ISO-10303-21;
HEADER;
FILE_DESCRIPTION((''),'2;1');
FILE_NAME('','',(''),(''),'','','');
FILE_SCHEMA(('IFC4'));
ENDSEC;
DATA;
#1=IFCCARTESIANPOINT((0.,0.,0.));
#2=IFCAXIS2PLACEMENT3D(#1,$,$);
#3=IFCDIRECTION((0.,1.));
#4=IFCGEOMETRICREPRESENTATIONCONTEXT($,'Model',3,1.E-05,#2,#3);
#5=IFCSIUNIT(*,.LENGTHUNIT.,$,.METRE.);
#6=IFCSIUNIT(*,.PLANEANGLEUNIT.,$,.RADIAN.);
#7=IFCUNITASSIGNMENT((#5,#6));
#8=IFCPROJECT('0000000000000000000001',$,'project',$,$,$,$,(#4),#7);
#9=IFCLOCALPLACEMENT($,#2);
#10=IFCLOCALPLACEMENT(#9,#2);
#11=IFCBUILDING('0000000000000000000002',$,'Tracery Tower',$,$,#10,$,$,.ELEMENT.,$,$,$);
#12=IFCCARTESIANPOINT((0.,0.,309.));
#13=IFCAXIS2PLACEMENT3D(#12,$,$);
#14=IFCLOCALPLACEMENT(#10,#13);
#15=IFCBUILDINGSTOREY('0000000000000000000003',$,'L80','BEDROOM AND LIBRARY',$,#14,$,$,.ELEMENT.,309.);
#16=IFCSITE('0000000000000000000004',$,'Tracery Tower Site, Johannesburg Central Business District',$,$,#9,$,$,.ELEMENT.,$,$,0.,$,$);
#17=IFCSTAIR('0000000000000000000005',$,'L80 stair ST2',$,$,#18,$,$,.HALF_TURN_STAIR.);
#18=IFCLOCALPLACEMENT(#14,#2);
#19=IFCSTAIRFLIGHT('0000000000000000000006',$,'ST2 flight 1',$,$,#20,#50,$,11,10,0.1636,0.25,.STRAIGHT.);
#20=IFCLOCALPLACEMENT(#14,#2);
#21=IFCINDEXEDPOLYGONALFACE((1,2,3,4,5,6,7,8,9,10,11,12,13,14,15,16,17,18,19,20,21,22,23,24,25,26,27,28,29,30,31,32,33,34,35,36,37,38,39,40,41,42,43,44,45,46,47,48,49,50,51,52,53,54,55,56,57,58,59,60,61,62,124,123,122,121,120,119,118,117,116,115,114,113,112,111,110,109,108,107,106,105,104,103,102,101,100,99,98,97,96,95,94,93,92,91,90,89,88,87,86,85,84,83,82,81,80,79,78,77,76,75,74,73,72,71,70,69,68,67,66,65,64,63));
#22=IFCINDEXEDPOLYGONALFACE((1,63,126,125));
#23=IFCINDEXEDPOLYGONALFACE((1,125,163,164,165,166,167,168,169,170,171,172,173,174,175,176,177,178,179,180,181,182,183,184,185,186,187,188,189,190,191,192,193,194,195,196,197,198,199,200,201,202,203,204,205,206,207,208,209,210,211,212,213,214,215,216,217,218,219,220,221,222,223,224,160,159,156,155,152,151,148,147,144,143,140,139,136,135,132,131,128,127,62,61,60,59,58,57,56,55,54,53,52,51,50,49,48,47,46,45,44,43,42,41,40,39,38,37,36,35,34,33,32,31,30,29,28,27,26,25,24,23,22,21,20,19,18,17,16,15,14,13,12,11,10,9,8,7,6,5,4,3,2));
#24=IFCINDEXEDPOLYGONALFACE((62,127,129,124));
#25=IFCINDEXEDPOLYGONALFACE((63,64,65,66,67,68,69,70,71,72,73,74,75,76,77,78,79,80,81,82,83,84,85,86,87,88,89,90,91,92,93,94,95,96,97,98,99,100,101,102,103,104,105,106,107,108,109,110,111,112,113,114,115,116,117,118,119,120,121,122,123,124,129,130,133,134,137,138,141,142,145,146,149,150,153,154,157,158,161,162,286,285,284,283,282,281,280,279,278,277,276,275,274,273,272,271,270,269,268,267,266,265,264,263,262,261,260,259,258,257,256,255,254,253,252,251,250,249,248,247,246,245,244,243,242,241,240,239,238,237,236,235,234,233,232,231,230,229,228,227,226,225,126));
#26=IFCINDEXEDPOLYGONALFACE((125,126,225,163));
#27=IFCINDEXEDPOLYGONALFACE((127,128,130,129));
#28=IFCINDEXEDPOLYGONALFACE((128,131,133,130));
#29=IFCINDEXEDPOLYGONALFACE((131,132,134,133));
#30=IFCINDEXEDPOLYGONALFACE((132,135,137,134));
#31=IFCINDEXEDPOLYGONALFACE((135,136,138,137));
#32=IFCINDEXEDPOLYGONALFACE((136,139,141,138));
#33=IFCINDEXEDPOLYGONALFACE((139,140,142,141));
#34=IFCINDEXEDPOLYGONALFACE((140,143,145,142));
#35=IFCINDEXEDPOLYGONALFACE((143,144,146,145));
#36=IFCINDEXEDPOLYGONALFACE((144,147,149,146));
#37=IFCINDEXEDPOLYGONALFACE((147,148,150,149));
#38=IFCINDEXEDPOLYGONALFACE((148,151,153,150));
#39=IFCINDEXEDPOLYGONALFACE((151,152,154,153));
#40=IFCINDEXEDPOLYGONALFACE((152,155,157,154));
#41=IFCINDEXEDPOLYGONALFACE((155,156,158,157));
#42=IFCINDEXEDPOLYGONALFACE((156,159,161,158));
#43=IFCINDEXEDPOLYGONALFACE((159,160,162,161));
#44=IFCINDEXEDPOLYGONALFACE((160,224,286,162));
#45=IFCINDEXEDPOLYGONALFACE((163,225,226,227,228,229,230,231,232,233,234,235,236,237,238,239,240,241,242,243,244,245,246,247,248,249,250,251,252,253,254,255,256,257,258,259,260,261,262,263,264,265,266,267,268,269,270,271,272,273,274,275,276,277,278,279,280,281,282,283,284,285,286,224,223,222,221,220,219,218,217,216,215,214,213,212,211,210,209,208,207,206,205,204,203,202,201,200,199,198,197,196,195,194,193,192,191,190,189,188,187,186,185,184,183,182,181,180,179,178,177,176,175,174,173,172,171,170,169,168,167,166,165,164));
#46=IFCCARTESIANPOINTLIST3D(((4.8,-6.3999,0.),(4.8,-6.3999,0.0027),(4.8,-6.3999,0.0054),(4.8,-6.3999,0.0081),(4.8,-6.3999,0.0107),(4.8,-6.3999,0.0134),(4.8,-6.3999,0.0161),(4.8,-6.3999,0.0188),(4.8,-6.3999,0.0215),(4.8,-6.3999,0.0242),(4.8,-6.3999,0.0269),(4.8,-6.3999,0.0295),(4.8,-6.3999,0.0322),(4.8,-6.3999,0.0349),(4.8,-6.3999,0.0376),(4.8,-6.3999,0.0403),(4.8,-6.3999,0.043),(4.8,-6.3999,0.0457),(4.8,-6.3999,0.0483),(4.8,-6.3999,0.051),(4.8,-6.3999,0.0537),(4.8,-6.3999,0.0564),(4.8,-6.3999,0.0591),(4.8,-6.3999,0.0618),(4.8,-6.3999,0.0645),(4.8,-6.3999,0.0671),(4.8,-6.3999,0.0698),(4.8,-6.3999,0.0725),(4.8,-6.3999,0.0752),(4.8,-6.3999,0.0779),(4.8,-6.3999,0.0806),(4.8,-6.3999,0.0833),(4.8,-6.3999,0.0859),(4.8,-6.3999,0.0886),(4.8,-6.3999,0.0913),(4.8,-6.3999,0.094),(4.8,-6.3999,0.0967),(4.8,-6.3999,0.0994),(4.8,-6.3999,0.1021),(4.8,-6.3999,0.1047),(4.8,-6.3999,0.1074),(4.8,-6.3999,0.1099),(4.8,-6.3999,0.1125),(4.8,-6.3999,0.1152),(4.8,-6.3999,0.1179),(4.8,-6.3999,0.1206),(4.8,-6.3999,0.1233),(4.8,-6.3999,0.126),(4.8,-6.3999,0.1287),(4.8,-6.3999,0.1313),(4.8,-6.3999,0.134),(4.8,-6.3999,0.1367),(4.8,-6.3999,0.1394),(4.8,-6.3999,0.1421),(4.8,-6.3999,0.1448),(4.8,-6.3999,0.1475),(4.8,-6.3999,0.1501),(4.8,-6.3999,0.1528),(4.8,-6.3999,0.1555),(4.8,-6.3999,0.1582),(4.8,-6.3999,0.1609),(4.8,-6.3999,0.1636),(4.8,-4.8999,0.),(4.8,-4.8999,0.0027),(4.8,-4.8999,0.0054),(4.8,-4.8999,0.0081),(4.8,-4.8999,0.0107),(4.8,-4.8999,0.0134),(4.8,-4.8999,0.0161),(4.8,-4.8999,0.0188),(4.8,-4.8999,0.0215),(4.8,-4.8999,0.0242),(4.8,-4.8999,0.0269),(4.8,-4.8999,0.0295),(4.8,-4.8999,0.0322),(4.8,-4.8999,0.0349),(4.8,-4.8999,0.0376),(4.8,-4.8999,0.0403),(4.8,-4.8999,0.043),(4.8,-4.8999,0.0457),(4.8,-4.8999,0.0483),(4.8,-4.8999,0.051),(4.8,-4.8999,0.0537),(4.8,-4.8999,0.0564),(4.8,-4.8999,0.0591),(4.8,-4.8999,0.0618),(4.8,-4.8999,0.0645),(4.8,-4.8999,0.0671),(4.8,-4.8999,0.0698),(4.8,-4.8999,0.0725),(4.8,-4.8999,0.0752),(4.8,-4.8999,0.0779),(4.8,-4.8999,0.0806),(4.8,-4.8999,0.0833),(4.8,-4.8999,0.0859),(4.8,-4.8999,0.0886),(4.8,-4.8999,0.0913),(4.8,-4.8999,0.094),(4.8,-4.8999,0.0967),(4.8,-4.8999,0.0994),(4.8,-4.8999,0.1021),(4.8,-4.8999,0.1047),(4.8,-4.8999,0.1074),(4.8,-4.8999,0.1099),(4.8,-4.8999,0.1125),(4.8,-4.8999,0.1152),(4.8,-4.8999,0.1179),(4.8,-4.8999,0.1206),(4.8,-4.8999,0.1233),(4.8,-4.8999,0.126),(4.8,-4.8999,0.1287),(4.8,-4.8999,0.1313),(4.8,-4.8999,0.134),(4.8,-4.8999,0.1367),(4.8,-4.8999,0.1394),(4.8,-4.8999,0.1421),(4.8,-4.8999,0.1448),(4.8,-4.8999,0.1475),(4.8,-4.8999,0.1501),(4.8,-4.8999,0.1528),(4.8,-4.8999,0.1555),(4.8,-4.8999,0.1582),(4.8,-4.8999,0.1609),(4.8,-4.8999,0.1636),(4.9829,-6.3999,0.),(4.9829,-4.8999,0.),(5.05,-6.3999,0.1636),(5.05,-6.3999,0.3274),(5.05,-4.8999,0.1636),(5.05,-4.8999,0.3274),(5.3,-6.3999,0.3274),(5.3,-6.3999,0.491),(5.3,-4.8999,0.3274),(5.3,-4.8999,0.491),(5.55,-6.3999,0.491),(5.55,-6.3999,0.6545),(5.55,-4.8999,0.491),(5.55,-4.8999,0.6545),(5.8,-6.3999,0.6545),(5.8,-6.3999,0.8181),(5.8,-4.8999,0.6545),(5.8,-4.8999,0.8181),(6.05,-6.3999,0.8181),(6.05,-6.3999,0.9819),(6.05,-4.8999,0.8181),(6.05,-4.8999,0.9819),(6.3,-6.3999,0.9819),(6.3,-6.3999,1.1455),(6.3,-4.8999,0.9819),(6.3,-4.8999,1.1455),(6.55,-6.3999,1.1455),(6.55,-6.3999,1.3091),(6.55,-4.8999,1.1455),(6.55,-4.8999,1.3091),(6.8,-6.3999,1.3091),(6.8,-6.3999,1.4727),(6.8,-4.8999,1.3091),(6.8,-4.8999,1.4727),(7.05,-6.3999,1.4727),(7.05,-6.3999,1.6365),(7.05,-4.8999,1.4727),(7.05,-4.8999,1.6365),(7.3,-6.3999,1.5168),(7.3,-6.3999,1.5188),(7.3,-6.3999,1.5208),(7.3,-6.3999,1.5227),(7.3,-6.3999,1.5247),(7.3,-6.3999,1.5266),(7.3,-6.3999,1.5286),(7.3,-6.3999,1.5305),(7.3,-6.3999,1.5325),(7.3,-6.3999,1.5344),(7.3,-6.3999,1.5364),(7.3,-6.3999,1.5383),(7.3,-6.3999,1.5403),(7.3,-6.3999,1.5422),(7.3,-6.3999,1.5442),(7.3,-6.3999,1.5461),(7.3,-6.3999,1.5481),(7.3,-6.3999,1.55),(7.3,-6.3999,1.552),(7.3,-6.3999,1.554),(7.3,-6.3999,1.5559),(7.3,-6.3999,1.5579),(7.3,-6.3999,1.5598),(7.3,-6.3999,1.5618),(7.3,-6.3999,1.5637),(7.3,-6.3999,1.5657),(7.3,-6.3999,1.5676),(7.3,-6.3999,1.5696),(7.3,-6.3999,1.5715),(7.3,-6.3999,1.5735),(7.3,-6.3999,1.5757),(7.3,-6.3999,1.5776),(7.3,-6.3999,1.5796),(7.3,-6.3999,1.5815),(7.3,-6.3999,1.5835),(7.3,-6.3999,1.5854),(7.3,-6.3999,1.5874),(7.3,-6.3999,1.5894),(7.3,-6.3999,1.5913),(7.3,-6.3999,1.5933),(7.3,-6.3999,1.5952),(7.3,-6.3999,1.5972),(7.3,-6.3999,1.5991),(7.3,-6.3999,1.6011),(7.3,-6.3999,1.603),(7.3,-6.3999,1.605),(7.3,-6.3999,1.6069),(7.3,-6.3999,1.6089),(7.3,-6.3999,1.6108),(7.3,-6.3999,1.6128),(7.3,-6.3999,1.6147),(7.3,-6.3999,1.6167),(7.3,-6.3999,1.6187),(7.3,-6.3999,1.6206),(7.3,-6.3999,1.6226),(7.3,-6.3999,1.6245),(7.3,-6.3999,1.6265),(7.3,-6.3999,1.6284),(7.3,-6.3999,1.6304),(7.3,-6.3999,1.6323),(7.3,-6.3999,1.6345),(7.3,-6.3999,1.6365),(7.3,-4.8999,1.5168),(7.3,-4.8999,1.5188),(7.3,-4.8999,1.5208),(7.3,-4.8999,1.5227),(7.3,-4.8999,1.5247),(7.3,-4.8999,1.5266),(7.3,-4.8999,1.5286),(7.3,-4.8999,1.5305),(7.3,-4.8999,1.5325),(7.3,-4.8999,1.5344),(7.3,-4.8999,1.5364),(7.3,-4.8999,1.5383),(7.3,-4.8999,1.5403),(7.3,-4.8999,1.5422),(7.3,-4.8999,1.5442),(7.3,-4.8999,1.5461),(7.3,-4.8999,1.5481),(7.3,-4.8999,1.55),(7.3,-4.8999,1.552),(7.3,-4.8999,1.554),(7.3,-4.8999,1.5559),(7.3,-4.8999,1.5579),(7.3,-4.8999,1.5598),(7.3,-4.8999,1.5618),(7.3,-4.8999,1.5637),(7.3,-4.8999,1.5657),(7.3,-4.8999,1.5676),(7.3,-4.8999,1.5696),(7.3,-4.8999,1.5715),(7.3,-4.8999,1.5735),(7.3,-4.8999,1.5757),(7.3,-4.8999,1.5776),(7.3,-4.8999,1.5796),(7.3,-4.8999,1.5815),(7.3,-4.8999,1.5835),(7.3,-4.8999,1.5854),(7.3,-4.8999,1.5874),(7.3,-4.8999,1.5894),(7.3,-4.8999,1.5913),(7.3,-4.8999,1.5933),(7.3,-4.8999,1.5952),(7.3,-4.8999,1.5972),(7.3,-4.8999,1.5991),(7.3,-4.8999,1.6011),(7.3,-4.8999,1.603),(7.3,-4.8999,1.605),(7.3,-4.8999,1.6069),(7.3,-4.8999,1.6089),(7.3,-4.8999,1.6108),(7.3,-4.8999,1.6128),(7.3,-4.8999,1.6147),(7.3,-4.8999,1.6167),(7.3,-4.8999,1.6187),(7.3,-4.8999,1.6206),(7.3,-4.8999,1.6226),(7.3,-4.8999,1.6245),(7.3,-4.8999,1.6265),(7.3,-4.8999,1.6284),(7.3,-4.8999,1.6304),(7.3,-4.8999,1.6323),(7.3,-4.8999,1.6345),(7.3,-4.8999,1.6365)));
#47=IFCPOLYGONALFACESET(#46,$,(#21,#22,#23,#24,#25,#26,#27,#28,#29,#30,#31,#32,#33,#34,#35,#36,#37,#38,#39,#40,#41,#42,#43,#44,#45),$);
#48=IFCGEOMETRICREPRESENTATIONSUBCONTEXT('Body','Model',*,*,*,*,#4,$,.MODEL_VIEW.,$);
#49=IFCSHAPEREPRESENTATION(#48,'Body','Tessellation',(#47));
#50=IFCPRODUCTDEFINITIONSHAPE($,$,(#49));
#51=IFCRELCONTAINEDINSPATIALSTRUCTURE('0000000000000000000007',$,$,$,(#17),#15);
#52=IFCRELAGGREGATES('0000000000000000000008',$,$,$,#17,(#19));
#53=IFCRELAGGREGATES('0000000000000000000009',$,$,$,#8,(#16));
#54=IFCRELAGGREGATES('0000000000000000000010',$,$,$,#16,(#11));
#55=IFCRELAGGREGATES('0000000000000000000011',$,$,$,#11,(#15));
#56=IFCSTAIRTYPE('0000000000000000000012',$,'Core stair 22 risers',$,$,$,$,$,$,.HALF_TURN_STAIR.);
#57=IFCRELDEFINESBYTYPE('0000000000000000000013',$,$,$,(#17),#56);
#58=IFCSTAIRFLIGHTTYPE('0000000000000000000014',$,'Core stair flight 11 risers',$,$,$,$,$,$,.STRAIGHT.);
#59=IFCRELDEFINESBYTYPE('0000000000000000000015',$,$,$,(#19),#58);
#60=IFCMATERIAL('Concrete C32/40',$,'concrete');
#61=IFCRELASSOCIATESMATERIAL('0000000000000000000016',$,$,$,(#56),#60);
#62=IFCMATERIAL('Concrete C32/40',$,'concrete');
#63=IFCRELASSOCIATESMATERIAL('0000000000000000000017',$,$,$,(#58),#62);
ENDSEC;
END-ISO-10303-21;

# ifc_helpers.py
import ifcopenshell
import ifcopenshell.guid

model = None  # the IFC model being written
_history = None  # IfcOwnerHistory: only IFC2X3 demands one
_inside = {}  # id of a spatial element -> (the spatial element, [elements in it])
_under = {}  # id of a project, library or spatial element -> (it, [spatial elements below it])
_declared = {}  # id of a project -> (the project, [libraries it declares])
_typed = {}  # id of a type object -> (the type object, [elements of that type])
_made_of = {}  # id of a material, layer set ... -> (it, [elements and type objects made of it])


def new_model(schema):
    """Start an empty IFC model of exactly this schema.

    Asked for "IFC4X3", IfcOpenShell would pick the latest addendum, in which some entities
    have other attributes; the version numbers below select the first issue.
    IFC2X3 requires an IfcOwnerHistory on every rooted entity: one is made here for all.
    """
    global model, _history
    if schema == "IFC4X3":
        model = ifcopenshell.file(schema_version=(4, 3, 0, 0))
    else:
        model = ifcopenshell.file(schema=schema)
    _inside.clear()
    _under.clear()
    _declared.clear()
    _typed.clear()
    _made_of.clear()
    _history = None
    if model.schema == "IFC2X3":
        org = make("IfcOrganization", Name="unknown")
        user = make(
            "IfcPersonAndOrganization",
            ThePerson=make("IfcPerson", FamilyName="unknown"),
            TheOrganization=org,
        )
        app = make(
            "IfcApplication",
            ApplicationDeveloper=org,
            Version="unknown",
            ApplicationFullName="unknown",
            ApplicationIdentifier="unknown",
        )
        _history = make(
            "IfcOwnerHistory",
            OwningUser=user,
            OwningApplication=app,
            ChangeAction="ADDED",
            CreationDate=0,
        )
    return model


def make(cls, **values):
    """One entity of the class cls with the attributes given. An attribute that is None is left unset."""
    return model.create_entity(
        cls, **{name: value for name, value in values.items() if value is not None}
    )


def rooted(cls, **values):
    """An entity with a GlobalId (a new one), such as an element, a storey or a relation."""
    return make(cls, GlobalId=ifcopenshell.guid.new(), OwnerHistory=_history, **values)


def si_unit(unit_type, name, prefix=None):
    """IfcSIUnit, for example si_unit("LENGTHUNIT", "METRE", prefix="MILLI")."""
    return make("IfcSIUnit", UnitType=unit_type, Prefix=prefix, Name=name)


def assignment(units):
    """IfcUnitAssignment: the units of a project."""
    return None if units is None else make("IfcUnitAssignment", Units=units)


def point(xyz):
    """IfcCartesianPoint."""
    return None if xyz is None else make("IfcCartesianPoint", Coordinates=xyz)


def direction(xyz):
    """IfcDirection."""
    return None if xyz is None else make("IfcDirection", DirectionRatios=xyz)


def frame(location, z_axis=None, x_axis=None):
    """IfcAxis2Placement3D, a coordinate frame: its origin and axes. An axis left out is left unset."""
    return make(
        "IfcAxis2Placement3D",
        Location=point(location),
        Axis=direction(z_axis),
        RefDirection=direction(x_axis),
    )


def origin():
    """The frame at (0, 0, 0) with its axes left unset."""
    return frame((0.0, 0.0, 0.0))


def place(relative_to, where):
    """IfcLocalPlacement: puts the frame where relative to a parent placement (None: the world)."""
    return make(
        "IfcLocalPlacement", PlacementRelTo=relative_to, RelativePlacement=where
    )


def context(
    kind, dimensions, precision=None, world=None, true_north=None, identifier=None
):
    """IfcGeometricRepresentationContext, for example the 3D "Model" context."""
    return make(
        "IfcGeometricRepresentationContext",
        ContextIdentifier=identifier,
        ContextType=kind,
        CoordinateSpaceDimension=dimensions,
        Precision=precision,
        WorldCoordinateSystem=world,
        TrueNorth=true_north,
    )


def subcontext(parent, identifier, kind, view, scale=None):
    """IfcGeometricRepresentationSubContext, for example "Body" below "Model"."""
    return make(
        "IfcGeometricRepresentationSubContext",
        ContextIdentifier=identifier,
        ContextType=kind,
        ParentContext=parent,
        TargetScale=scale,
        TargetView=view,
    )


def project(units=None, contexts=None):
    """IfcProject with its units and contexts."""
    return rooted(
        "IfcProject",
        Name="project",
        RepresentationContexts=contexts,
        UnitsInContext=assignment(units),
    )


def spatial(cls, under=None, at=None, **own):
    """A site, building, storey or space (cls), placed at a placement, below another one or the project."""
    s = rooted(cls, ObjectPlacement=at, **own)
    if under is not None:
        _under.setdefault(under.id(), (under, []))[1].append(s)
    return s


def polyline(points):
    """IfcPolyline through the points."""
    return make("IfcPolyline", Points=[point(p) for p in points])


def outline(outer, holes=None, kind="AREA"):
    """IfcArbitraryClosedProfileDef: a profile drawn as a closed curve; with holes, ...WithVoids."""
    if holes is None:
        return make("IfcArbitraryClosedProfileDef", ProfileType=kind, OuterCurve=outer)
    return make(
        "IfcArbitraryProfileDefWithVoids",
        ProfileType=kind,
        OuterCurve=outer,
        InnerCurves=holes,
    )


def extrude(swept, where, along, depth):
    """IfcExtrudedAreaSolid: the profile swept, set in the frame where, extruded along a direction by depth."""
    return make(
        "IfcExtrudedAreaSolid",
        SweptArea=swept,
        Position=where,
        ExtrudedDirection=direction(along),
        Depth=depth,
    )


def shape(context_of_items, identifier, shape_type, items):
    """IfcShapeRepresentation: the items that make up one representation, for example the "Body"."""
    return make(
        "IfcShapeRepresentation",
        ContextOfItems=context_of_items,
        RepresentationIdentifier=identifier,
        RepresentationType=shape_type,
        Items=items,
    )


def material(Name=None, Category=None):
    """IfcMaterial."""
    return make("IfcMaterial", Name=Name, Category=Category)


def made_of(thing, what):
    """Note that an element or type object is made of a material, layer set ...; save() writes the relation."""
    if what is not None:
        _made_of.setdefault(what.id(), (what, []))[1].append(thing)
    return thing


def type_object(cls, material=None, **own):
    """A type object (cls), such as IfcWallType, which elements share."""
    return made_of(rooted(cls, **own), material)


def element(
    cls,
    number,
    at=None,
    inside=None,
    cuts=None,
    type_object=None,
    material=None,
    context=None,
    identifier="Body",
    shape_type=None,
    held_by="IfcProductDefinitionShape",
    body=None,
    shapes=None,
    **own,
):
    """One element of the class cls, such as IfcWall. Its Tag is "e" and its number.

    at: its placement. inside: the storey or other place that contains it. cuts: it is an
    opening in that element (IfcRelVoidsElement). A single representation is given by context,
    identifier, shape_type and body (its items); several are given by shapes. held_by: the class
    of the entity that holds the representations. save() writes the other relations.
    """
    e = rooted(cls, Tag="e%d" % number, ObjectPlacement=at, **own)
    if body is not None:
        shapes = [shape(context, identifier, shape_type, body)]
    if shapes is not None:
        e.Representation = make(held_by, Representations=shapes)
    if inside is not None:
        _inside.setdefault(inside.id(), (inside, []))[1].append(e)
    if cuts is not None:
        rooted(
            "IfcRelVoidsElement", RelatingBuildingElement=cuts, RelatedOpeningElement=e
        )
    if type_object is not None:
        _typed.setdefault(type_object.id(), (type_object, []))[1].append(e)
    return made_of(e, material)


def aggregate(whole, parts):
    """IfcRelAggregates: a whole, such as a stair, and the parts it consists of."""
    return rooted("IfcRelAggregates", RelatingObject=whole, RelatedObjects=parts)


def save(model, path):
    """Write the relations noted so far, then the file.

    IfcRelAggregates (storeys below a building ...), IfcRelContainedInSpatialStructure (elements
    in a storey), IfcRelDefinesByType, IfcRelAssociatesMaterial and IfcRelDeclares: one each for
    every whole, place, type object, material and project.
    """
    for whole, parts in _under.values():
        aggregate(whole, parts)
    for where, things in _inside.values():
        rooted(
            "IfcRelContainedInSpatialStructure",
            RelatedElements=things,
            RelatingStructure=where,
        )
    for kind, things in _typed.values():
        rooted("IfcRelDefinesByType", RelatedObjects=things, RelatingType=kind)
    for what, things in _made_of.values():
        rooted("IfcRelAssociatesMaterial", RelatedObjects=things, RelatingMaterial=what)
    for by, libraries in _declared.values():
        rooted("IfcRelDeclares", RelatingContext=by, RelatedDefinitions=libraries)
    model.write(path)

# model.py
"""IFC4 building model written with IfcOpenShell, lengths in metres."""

from ifc_helpers import new_model, si_unit, direction, frame, origin, place, context, subcontext, project, spatial, polyline, outline, extrude, material, type_object, element, aggregate, save


model = new_model("IFC4")

# Units and contexts
model_context = context("Model", 3, precision=1e-05, world=origin(), true_north=direction((0.0, 1.0)))
body_context = subcontext(model_context, "Body", "Model", "MODEL_VIEW")
ifc_project = project(units=[si_unit("LENGTHUNIT", "METRE"), si_unit("PLANEANGLEUNIT", "RADIAN")], contexts=[model_context])

# Site, building, storey
site_placement = place(None, origin())
site = spatial("IfcSite", under=ifc_project, at=site_placement, Name="Tracery Tower Site, Johannesburg Central Business District", CompositionType="ELEMENT", RefElevation=0.0)
building_placement = place(site_placement, origin())
building = spatial("IfcBuilding", under=site, at=building_placement, Name="Tracery Tower", CompositionType="ELEMENT")
storey_placement = place(building_placement, frame((0.0, 0.0, 309.0)))
storey = spatial("IfcBuildingStorey", under=building, at=storey_placement, Name="L80", Description="BEDROOM AND LIBRARY", CompositionType="ELEMENT", Elevation=309.0)

# Stair
ifc_material_1 = material(Name="Concrete C32/40", Category="concrete")
stair_type = type_object("IfcStairType", Name="Core stair 22 risers", PredefinedType="HALF_TURN_STAIR", material=ifc_material_1)
stair_1_placement = place(storey_placement, origin())
stair_1 = element("IfcStair", 1, at=stair_1_placement, inside=storey, type_object=stair_type, Name="L80 stair ST2", PredefinedType="HALF_TURN_STAIR")

# Stair flight
ifc_material_2 = material(Name="Concrete C32/40", Category="concrete")
stair_flight_type = type_object("IfcStairFlightType", Name="Core stair flight 11 risers", PredefinedType="STRAIGHT", material=ifc_material_2)
stair_flight_placement = place(storey_placement, frame((4.8, -5.6499, 0.0), z_axis=(0.0, 0.0, 1.0), x_axis=(1.0, 0.0, 0.0)))
stair_flight = element("IfcStairFlight", 2, at=stair_flight_placement, type_object=stair_flight_type, Name="ST2 flight 1", NumberOfRisers=11, NumberOfTreads=10, PredefinedType="STRAIGHT", RiserHeight=0.1636, TreadLength=0.25, context=body_context, shape_type="SweptSolid", body=[
    extrude(outline(polyline([(0.0, 0.0), (0.0, 0.0027), (0.0, 0.0054), (0.0, 0.0081), (0.0, 0.0107), (0.0, 0.0134), (0.0, 0.0161), (0.0, 0.0188), (0.0, 0.0215), (0.0, 0.0242), (0.0, 0.0269), (0.0, 0.0295), (0.0, 0.0322), (0.0, 0.0349), (0.0, 0.0376), (0.0, 0.0403), (0.0, 0.043), (0.0, 0.0457), (0.0, 0.0483), (0.0, 0.051), (0.0, 0.0537), (0.0, 0.0564), (0.0, 0.0591), (0.0, 0.0618), (0.0, 0.0645), (0.0, 0.0671), (0.0, 0.0698), (0.0, 0.0725), (0.0, 0.0752), (0.0, 0.0779), (0.0, 0.0806), (0.0, 0.0833), (0.0, 0.0859), (0.0, 0.0886), (0.0, 0.0913), (0.0, 0.094), (0.0, 0.0967), (0.0, 0.0994), (0.0, 0.1021), (0.0, 0.1047), (0.0, 0.1074), (0.0, 0.1099), (0.0, 0.1125), (0.0, 0.1152), (0.0, 0.1179), (0.0, 0.1206), (0.0, 0.1233), (0.0, 0.126), (0.0, 0.1287), (0.0, 0.1313), (0.0, 0.134), (0.0, 0.1367), (0.0, 0.1394), (0.0, 0.1421), (0.0, 0.1448), (0.0, 0.1475), (0.0, 0.1501), (0.0, 0.1528), (0.0, 0.1555), (0.0, 0.1582), (0.0, 0.1609), (0.0, 0.1636), (0.25, 0.1636), (0.25, 0.3274), (0.5, 0.3274), (0.5, 0.491), (0.75, 0.491), (0.75, 0.6545), (1.0, 0.6545), (1.0, 0.8181), (1.25, 0.8181), (1.25, 0.9819), (1.5, 0.9819), (1.5, 1.1455), (1.75, 1.1455), (1.75, 1.3091), (2.0, 1.3091), (2.0, 1.4727), (2.25, 1.4727), (2.25, 1.6365), (2.5, 1.6365), (2.5, 1.6345), (2.5, 1.6323), (2.5, 1.6304), (2.5, 1.6284), (2.5, 1.6265), (2.5, 1.6245), (2.5, 1.6226), (2.5, 1.6206), (2.5, 1.6187), (2.5, 1.6167), (2.5, 1.6147), (2.5, 1.6128), (2.5, 1.6108), (2.5, 1.6089), (2.5, 1.6069), (2.5, 1.605), (2.5, 1.603), (2.5, 1.6011), (2.5, 1.5991), (2.5, 1.5972), (2.5, 1.5952), (2.5, 1.5933), (2.5, 1.5913), (2.5, 1.5894), (2.5, 1.5874), (2.5, 1.5854), (2.5, 1.5835), (2.5, 1.5815), (2.5, 1.5796), (2.5, 1.5776), (2.5, 1.5757), (2.5, 1.5735), (2.5, 1.5715), (2.5, 1.5696), (2.5, 1.5676), (2.5, 1.5657), (2.5, 1.5637), (2.5, 1.5618), (2.5, 1.5598), (2.5, 1.5579), (2.5, 1.5559), (2.5, 1.554), (2.5, 1.552), (2.5, 1.55), (2.5, 1.5481), (2.5, 1.5461), (2.5, 1.5442), (2.5, 1.5422), (2.5, 1.5403), (2.5, 1.5383), (2.5, 1.5364), (2.5, 1.5344), (2.5, 1.5325), (2.5, 1.5305), (2.5, 1.5286), (2.5, 1.5266), (2.5, 1.5247), (2.5, 1.5227), (2.5, 1.5208), (2.5, 1.5188), (2.5, 1.5168), (0.1829, 0.0), (0.0, 0.0)])), frame((0.0, 0.75, 0.0), z_axis=(0.0, -1.0, 0.0), x_axis=(1.0, 0.0, 0.0)), (0.0, 0.0, 1.0), 1.5),
])
aggregate(stair_1, [stair_flight])

save(model, "model.ifc")
